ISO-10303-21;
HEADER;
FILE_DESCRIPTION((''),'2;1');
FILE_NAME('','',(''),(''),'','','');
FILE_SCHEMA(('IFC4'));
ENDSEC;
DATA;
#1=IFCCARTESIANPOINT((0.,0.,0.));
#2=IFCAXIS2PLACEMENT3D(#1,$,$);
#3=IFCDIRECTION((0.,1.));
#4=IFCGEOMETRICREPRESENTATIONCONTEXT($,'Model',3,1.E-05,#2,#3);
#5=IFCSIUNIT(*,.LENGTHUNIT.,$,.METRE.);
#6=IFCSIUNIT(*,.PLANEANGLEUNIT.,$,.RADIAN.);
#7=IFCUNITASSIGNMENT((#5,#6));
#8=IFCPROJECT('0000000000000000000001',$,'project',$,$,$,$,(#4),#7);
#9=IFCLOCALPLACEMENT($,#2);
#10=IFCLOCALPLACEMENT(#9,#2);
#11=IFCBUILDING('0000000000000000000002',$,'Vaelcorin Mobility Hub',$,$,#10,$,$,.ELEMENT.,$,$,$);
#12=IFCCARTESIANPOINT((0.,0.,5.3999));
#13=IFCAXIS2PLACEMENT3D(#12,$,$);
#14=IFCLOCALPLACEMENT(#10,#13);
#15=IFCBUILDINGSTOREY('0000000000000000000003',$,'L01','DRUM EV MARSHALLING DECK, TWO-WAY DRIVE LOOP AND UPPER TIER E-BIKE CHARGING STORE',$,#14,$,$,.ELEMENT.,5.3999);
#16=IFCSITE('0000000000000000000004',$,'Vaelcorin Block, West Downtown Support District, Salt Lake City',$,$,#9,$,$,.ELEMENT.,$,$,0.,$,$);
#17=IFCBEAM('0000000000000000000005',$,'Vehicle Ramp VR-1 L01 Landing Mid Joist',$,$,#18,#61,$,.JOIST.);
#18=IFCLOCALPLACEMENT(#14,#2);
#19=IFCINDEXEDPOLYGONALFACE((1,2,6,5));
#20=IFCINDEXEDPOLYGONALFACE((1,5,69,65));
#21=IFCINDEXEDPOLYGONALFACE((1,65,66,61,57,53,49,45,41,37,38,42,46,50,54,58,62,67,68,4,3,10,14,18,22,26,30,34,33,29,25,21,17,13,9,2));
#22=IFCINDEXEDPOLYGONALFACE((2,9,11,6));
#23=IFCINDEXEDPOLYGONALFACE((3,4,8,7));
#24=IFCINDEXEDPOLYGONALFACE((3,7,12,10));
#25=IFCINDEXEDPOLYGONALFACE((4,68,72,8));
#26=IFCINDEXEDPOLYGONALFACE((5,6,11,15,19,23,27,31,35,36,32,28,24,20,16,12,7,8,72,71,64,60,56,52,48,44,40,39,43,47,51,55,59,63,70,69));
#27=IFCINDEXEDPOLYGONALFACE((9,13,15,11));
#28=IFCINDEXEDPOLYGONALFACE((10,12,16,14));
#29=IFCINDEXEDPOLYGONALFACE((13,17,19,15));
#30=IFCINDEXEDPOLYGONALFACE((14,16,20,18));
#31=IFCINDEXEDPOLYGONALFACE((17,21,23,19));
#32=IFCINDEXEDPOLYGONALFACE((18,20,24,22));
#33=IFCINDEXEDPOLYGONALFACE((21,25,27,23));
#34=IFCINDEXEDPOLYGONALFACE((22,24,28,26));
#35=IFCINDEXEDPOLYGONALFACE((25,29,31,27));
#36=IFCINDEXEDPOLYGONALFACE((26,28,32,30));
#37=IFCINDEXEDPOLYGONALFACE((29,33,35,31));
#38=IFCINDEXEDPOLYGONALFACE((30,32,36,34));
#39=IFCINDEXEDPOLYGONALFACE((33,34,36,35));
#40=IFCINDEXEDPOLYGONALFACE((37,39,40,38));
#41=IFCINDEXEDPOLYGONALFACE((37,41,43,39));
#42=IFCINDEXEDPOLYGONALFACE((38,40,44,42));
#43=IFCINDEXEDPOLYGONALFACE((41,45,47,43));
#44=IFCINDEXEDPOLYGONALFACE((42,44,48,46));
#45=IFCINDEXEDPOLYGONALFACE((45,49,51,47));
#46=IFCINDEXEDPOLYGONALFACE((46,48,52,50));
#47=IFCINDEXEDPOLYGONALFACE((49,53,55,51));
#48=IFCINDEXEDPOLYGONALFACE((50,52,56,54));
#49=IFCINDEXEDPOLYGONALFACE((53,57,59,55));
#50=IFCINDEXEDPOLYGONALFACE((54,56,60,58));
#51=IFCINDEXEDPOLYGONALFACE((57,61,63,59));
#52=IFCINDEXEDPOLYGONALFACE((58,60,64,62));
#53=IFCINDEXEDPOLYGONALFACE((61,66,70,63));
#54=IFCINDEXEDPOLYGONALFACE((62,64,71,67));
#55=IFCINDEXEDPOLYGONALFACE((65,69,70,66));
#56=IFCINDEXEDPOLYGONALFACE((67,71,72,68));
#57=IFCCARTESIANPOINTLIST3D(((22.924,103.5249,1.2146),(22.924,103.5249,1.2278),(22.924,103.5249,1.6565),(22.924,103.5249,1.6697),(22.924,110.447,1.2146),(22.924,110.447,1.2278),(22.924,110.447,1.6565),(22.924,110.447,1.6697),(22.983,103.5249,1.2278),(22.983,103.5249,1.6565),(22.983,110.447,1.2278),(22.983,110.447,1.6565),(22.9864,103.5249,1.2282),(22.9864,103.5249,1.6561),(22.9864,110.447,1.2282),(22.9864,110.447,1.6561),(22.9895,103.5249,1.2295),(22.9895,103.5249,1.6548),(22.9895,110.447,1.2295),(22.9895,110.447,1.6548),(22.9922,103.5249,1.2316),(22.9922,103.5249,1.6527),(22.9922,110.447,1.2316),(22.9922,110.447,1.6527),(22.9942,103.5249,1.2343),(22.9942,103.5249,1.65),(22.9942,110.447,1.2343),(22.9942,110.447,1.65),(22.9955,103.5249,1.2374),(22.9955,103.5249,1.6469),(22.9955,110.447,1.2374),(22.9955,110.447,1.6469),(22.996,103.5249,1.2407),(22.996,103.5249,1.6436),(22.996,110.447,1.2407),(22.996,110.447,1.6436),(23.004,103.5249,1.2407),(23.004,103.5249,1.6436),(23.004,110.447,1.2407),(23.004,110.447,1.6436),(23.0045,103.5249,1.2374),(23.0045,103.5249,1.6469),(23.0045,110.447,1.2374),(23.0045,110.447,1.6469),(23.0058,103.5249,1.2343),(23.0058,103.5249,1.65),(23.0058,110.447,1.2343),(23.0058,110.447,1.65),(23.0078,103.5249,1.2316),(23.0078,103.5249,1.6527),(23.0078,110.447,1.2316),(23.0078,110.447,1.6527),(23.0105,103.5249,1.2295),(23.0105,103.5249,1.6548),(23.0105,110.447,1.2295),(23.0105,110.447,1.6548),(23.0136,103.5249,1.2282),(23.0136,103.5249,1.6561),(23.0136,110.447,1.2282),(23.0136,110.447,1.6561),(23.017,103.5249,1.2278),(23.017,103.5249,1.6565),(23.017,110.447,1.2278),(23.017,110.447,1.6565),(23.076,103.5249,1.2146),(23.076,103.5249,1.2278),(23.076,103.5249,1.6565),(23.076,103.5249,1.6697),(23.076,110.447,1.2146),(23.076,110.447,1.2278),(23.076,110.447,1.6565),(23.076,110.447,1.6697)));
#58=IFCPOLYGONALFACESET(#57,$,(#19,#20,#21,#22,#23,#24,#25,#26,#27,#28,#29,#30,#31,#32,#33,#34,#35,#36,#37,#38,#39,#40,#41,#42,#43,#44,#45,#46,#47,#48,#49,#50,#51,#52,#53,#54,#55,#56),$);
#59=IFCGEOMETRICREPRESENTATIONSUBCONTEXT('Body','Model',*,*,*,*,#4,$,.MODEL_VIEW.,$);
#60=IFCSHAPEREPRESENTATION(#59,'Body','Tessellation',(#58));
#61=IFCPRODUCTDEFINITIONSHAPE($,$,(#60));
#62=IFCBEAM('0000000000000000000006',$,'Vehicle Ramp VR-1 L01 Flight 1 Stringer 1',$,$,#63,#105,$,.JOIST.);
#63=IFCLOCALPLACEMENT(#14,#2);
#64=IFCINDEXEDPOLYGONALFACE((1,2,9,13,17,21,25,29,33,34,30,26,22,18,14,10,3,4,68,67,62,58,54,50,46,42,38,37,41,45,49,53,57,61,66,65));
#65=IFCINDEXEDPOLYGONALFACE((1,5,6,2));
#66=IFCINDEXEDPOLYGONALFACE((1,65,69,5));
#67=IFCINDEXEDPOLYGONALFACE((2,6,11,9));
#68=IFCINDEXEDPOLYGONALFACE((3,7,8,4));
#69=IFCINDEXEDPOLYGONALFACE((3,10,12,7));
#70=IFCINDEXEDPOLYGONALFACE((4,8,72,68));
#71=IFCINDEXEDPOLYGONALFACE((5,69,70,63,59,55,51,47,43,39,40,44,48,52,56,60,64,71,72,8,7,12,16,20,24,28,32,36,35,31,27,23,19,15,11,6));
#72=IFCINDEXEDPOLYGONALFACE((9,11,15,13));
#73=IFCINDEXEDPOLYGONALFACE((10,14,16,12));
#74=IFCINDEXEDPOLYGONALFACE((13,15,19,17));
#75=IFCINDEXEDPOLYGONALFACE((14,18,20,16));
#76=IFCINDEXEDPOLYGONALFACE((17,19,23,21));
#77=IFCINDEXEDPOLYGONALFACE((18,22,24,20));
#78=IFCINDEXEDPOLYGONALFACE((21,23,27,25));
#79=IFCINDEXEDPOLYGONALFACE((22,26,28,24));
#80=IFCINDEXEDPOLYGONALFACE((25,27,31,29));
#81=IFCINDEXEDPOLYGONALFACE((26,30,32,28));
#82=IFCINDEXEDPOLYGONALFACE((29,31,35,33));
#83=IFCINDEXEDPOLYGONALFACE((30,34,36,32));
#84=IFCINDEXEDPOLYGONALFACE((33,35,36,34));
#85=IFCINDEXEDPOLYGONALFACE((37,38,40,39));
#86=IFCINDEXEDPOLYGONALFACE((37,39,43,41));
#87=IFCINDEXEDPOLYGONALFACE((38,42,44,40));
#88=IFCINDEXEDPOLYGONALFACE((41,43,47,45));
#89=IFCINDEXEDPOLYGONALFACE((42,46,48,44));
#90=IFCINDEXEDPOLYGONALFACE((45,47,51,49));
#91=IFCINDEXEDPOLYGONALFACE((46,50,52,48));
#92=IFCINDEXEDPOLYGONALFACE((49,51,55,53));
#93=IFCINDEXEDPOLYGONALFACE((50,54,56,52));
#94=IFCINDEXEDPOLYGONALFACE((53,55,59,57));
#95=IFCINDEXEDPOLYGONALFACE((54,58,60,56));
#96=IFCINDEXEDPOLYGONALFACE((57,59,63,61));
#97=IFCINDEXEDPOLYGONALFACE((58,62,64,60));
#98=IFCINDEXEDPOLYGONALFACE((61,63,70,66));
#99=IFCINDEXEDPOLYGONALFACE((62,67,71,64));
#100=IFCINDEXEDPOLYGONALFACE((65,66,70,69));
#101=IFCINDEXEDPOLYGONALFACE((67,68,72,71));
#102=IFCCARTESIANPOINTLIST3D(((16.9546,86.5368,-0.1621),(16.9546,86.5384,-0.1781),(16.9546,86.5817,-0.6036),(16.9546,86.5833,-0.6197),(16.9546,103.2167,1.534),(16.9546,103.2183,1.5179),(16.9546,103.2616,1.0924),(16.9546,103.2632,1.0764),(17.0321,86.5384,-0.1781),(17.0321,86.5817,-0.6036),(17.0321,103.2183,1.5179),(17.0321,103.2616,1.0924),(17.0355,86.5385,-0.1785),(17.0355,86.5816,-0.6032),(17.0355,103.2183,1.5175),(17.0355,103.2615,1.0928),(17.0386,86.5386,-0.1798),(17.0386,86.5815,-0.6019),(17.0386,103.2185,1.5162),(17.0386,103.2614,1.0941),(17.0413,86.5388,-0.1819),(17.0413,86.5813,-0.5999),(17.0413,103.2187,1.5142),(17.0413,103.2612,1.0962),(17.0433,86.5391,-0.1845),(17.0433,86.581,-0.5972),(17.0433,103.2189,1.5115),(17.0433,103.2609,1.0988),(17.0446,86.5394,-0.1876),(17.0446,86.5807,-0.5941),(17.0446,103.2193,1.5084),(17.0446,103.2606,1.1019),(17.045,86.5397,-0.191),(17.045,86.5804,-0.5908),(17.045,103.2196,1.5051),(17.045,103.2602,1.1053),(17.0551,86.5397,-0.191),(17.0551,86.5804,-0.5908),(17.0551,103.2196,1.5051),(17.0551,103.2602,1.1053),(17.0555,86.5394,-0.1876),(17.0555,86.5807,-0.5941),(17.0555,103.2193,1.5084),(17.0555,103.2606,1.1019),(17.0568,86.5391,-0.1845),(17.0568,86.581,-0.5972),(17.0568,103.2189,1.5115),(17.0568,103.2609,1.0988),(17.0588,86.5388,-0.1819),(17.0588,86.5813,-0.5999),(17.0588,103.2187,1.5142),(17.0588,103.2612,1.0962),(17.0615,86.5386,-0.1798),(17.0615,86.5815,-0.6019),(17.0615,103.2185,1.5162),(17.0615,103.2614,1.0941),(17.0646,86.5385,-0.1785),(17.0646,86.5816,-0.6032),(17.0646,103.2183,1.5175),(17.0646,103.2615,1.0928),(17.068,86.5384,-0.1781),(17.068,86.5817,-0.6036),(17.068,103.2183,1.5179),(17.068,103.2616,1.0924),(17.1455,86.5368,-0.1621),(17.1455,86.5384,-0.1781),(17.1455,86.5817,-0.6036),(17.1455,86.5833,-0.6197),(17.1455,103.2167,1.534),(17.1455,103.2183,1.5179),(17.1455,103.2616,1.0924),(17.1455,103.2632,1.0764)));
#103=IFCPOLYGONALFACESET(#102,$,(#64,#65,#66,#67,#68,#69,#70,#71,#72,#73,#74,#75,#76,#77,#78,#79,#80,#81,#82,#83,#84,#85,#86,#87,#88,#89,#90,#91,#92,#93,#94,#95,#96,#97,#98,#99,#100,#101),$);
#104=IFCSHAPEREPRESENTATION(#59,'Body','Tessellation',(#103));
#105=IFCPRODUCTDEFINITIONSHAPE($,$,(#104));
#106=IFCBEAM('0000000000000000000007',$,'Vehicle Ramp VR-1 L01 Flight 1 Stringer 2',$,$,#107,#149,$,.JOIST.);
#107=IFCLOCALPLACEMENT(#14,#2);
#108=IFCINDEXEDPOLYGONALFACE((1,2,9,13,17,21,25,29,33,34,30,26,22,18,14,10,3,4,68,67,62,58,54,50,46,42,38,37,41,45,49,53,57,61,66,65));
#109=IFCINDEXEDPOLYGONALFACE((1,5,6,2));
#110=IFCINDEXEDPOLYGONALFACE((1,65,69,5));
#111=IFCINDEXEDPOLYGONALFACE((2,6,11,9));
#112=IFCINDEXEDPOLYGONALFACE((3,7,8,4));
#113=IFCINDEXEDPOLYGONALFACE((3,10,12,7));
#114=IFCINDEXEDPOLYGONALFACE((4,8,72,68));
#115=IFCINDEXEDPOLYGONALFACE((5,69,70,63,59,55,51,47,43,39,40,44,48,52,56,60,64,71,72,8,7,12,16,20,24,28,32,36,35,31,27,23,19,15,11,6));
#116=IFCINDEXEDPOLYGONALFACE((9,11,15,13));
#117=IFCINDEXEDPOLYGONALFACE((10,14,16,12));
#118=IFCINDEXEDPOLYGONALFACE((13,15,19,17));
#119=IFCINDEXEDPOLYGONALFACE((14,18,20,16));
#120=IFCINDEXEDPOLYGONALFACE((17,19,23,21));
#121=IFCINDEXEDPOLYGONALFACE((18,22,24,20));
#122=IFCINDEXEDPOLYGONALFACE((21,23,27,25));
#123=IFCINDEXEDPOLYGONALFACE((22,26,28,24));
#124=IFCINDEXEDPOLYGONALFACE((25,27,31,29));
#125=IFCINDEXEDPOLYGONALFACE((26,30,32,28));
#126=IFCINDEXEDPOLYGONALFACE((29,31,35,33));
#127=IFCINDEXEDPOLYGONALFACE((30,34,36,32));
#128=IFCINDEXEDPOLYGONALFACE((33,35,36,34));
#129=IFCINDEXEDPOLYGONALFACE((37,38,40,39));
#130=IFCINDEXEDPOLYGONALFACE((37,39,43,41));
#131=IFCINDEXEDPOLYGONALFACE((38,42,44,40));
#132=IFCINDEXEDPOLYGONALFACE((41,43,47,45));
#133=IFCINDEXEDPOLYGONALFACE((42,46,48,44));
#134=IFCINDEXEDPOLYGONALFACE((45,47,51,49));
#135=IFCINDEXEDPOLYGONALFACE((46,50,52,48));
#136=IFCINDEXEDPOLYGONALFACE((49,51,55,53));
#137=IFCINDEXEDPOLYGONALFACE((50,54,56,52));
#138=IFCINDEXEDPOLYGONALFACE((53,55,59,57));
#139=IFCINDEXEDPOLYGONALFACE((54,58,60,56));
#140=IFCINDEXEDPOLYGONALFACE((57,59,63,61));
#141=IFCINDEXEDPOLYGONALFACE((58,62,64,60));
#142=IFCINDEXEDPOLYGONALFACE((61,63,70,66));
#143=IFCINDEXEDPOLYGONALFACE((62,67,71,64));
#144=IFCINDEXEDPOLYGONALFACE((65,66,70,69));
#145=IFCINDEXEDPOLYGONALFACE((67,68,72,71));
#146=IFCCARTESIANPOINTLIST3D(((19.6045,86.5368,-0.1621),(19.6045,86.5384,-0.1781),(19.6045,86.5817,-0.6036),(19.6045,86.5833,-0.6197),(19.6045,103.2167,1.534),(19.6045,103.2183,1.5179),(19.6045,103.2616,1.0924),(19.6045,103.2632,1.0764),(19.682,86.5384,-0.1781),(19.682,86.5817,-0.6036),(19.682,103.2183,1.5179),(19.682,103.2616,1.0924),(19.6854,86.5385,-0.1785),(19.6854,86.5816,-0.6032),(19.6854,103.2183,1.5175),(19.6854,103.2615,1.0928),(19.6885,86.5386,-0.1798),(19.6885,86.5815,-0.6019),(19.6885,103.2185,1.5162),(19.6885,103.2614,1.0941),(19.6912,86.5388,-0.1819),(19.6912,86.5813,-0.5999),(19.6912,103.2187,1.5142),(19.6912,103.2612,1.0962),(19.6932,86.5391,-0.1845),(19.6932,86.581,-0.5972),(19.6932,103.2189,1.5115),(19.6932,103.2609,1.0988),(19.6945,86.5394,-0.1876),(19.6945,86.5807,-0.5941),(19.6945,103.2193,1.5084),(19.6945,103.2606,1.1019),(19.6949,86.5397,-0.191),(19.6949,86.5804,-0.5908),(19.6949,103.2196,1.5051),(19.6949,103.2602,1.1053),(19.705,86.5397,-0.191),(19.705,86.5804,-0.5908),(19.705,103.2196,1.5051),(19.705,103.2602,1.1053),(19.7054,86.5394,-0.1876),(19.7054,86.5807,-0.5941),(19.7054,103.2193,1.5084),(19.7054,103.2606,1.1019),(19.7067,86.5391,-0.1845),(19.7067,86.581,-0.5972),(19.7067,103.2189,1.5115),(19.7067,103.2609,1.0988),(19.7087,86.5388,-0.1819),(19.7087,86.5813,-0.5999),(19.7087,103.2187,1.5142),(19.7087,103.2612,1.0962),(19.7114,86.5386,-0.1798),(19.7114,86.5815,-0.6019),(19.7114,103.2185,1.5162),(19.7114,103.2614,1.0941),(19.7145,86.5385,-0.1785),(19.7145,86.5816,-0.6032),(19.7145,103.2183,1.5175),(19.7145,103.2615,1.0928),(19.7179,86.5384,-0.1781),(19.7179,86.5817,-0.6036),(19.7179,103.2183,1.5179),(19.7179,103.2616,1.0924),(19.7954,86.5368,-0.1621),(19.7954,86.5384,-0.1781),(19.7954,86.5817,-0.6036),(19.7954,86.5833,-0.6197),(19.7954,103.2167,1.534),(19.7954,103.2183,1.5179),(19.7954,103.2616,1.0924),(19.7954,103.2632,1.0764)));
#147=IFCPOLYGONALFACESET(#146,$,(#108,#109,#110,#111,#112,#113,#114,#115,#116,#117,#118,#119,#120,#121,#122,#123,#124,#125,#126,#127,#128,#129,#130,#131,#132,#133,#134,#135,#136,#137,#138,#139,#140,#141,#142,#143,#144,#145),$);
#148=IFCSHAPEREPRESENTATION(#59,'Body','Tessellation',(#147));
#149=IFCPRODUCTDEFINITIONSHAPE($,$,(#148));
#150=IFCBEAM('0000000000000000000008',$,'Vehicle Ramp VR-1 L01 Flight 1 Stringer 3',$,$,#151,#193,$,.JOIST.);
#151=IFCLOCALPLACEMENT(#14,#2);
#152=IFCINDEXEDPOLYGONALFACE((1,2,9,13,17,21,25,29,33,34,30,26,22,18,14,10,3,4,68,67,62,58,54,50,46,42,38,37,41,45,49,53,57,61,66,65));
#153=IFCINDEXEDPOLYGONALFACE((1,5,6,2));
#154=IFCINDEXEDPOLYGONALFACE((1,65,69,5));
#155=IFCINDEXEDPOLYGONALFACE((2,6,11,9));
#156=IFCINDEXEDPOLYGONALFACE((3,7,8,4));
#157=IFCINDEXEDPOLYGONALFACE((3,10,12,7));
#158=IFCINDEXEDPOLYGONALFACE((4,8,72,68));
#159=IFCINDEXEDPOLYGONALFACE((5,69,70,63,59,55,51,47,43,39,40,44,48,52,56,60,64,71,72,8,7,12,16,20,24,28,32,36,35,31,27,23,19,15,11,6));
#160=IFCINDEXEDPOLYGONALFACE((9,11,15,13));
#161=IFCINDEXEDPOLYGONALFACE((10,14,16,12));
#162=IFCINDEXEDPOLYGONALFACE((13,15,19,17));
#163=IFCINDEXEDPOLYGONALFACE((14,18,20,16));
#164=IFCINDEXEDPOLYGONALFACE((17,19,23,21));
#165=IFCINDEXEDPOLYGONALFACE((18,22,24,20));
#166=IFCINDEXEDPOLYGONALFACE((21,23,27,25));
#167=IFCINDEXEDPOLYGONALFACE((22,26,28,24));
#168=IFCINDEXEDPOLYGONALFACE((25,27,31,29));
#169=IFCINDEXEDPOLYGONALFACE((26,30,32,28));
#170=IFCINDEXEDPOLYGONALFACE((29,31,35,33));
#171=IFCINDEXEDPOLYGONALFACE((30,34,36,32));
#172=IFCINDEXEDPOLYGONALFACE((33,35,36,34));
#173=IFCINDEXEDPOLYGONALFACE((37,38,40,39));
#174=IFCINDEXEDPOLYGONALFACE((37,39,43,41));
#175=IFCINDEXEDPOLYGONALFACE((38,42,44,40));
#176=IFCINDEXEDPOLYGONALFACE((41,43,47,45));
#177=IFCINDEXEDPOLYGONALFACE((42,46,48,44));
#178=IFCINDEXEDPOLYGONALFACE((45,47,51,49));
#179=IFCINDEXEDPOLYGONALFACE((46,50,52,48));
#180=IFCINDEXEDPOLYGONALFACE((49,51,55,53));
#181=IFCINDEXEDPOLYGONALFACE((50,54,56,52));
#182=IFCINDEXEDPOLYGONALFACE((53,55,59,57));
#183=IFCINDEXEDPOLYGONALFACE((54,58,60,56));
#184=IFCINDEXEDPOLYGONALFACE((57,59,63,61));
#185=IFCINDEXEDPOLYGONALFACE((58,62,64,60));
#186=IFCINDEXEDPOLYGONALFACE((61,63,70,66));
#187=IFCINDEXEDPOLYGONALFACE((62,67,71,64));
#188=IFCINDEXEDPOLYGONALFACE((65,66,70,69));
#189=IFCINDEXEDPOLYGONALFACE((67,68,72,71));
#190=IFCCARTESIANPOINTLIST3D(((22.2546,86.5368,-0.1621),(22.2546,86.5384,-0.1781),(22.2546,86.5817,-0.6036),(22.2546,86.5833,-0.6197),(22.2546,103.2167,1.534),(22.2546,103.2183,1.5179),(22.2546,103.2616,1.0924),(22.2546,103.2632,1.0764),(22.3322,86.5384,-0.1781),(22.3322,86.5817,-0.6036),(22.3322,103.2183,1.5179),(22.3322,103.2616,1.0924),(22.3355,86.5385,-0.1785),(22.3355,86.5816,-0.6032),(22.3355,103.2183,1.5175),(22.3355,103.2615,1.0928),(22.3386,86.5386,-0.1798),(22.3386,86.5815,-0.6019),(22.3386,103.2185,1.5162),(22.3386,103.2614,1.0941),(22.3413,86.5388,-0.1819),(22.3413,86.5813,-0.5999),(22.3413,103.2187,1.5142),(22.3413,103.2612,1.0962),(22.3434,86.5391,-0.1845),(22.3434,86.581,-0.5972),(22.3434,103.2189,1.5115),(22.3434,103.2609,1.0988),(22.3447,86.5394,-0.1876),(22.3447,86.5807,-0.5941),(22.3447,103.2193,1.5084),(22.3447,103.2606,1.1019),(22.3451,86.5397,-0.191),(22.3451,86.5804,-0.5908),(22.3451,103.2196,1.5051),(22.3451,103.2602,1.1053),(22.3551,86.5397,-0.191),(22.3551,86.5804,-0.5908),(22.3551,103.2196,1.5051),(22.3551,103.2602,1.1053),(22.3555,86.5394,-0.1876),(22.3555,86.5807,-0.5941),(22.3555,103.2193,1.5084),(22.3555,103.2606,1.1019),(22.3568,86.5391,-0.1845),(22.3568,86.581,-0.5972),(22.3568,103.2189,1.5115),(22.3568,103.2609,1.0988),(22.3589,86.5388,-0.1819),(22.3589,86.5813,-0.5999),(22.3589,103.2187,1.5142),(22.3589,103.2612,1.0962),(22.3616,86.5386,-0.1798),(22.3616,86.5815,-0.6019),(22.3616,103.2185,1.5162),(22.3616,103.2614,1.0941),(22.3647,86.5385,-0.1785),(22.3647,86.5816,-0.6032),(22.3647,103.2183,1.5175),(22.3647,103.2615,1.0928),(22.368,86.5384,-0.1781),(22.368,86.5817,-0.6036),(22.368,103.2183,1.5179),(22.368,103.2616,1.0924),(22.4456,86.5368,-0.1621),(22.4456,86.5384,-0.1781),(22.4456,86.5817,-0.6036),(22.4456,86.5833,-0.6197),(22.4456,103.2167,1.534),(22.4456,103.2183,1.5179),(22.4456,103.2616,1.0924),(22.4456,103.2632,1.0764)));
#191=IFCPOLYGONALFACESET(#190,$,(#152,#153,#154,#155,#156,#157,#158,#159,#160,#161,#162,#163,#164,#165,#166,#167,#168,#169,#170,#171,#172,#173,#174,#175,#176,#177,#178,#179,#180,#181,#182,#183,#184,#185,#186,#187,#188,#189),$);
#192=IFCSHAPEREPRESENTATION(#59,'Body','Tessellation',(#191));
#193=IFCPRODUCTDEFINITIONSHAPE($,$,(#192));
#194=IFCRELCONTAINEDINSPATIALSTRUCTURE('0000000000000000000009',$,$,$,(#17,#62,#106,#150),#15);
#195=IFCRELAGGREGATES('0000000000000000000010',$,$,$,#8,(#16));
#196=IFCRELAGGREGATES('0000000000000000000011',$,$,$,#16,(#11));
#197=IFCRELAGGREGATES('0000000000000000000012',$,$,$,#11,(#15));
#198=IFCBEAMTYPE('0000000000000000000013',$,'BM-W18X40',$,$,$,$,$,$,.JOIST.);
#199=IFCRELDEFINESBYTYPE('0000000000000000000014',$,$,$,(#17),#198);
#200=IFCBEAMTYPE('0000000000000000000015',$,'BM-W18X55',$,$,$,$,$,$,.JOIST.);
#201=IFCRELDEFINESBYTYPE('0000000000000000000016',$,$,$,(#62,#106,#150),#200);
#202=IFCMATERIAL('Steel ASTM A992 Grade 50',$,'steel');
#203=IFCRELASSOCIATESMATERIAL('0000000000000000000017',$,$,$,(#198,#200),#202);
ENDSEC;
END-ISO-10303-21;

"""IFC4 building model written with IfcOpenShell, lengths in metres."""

from ifc_helpers import new_model, si_unit, direction, frame, origin, origin_2d, place, context, subcontext, project, spatial, i_section, extrude, material, material_profile, profile_set, type_object, element, save


model = new_model("IFC4")

# Units and contexts
model_context = context("Model", 3, precision=1e-05, world=origin(), true_north=direction((0.0, 1.0)))
body_context = subcontext(model_context, "Body", "Model", "MODEL_VIEW")
ifc_project = project(units=[si_unit("LENGTHUNIT", "METRE"), si_unit("PLANEANGLEUNIT", "RADIAN")], contexts=[model_context])

# Site, building, storey
site_placement = place(None, origin())
site = spatial("IfcSite", under=ifc_project, at=site_placement, Name="Vaelcorin Block, West Downtown Support District, Salt Lake City", CompositionType="ELEMENT", RefElevation=0.0)
building_placement = place(site_placement, origin())
building = spatial("IfcBuilding", under=site, at=building_placement, Name="Vaelcorin Mobility Hub", CompositionType="ELEMENT")
storey_placement = place(building_placement, frame((0.0, 0.0, 5.3999)))
storey = spatial("IfcBuildingStorey", under=building, at=storey_placement, Name="L01", Description="DRUM EV MARSHALLING DECK, TWO-WAY DRIVE LOOP AND UPPER TIER E-BIKE CHARGING STORE", CompositionType="ELEMENT", Elevation=5.3999)

# Shared definitions
ifc_material_1 = material(Name="Steel ASTM A992 Grade 50", Category="steel")

# Beams
ifc_material_profile_1 = material_profile(ifc_material_1, i_section(OverallWidth=0.1521, OverallDepth=0.4551, WebThickness=0.0081, FlangeThickness=0.0132, FilletRadius=0.0129, at=origin_2d()), Name="W18X40")
ifc_profile_set_1 = profile_set([ifc_material_profile_1], Name="Steel ASTM A992 Grade 50")
beam_type_1 = type_object("IfcBeamType", Name="BM-W18X40", PredefinedType="JOIST", material=ifc_profile_set_1)
beam_1_placement = place(storey_placement, frame((23.0, 103.5249, 1.4421), z_axis=(0.0, 1.0, 0.0), x_axis=(-1.0, 0.0, 0.0)))
element("IfcBeam", 1, at=beam_1_placement, inside=storey, type_object=beam_type_1, Name="Vehicle Ramp VR-1 L01 Landing Mid Joist", PredefinedType="JOIST", context=body_context, shape_type="SweptSolid", body=[
    extrude(i_section(OverallWidth=0.1521, OverallDepth=0.4551, WebThickness=0.0081, FlangeThickness=0.0132, FilletRadius=0.0129, at=origin_2d()), origin(), (0.0, 0.0, 1.0), 6.9221),
])
ifc_material_profile_2 = material_profile(ifc_material_1, i_section(OverallWidth=0.1909, OverallDepth=0.46, WebThickness=0.01, FlangeThickness=0.0161, FilletRadius=0.0129, at=origin_2d()), Name="W18X55")
ifc_profile_set_2 = profile_set([ifc_material_profile_2], Name="Steel ASTM A992 Grade 50")
beam_type_2 = type_object("IfcBeamType", Name="BM-W18X55", PredefinedType="JOIST", material=ifc_profile_set_2)
for number, where, z_axis, x_axis, name in (
    (2, (17.05, 86.5601, -0.3909), (0.0, 0.99487, 0.10116), (-1.0, 0.0, 0.0), "Vehicle Ramp VR-1 L01 Flight 1 Stringer 1"),
    (3, (19.7, 86.5601, -0.3909), (0.0, 0.99487, 0.10116), (-1.0, 0.0, 0.0), "Vehicle Ramp VR-1 L01 Flight 1 Stringer 2"),
    (4, (22.3501, 86.5601, -0.3909), (0.0, 0.99487, 0.10116), (-1.0, 0.0, 0.0), "Vehicle Ramp VR-1 L01 Flight 1 Stringer 3"),
):
    element("IfcBeam", number, at=place(storey_placement, frame(where, z_axis=z_axis, x_axis=x_axis)), inside=storey, type_object=beam_type_2, Name=name, PredefinedType="JOIST", context=body_context, shape_type="SweptSolid", body=[
        extrude(i_section(OverallWidth=0.1909, OverallDepth=0.46, WebThickness=0.01, FlangeThickness=0.0161, FilletRadius=0.0129, at=origin_2d()), origin(), (0.0, 0.0, 1.0), 16.7659),
    ])

save(model, "model.ifc")
